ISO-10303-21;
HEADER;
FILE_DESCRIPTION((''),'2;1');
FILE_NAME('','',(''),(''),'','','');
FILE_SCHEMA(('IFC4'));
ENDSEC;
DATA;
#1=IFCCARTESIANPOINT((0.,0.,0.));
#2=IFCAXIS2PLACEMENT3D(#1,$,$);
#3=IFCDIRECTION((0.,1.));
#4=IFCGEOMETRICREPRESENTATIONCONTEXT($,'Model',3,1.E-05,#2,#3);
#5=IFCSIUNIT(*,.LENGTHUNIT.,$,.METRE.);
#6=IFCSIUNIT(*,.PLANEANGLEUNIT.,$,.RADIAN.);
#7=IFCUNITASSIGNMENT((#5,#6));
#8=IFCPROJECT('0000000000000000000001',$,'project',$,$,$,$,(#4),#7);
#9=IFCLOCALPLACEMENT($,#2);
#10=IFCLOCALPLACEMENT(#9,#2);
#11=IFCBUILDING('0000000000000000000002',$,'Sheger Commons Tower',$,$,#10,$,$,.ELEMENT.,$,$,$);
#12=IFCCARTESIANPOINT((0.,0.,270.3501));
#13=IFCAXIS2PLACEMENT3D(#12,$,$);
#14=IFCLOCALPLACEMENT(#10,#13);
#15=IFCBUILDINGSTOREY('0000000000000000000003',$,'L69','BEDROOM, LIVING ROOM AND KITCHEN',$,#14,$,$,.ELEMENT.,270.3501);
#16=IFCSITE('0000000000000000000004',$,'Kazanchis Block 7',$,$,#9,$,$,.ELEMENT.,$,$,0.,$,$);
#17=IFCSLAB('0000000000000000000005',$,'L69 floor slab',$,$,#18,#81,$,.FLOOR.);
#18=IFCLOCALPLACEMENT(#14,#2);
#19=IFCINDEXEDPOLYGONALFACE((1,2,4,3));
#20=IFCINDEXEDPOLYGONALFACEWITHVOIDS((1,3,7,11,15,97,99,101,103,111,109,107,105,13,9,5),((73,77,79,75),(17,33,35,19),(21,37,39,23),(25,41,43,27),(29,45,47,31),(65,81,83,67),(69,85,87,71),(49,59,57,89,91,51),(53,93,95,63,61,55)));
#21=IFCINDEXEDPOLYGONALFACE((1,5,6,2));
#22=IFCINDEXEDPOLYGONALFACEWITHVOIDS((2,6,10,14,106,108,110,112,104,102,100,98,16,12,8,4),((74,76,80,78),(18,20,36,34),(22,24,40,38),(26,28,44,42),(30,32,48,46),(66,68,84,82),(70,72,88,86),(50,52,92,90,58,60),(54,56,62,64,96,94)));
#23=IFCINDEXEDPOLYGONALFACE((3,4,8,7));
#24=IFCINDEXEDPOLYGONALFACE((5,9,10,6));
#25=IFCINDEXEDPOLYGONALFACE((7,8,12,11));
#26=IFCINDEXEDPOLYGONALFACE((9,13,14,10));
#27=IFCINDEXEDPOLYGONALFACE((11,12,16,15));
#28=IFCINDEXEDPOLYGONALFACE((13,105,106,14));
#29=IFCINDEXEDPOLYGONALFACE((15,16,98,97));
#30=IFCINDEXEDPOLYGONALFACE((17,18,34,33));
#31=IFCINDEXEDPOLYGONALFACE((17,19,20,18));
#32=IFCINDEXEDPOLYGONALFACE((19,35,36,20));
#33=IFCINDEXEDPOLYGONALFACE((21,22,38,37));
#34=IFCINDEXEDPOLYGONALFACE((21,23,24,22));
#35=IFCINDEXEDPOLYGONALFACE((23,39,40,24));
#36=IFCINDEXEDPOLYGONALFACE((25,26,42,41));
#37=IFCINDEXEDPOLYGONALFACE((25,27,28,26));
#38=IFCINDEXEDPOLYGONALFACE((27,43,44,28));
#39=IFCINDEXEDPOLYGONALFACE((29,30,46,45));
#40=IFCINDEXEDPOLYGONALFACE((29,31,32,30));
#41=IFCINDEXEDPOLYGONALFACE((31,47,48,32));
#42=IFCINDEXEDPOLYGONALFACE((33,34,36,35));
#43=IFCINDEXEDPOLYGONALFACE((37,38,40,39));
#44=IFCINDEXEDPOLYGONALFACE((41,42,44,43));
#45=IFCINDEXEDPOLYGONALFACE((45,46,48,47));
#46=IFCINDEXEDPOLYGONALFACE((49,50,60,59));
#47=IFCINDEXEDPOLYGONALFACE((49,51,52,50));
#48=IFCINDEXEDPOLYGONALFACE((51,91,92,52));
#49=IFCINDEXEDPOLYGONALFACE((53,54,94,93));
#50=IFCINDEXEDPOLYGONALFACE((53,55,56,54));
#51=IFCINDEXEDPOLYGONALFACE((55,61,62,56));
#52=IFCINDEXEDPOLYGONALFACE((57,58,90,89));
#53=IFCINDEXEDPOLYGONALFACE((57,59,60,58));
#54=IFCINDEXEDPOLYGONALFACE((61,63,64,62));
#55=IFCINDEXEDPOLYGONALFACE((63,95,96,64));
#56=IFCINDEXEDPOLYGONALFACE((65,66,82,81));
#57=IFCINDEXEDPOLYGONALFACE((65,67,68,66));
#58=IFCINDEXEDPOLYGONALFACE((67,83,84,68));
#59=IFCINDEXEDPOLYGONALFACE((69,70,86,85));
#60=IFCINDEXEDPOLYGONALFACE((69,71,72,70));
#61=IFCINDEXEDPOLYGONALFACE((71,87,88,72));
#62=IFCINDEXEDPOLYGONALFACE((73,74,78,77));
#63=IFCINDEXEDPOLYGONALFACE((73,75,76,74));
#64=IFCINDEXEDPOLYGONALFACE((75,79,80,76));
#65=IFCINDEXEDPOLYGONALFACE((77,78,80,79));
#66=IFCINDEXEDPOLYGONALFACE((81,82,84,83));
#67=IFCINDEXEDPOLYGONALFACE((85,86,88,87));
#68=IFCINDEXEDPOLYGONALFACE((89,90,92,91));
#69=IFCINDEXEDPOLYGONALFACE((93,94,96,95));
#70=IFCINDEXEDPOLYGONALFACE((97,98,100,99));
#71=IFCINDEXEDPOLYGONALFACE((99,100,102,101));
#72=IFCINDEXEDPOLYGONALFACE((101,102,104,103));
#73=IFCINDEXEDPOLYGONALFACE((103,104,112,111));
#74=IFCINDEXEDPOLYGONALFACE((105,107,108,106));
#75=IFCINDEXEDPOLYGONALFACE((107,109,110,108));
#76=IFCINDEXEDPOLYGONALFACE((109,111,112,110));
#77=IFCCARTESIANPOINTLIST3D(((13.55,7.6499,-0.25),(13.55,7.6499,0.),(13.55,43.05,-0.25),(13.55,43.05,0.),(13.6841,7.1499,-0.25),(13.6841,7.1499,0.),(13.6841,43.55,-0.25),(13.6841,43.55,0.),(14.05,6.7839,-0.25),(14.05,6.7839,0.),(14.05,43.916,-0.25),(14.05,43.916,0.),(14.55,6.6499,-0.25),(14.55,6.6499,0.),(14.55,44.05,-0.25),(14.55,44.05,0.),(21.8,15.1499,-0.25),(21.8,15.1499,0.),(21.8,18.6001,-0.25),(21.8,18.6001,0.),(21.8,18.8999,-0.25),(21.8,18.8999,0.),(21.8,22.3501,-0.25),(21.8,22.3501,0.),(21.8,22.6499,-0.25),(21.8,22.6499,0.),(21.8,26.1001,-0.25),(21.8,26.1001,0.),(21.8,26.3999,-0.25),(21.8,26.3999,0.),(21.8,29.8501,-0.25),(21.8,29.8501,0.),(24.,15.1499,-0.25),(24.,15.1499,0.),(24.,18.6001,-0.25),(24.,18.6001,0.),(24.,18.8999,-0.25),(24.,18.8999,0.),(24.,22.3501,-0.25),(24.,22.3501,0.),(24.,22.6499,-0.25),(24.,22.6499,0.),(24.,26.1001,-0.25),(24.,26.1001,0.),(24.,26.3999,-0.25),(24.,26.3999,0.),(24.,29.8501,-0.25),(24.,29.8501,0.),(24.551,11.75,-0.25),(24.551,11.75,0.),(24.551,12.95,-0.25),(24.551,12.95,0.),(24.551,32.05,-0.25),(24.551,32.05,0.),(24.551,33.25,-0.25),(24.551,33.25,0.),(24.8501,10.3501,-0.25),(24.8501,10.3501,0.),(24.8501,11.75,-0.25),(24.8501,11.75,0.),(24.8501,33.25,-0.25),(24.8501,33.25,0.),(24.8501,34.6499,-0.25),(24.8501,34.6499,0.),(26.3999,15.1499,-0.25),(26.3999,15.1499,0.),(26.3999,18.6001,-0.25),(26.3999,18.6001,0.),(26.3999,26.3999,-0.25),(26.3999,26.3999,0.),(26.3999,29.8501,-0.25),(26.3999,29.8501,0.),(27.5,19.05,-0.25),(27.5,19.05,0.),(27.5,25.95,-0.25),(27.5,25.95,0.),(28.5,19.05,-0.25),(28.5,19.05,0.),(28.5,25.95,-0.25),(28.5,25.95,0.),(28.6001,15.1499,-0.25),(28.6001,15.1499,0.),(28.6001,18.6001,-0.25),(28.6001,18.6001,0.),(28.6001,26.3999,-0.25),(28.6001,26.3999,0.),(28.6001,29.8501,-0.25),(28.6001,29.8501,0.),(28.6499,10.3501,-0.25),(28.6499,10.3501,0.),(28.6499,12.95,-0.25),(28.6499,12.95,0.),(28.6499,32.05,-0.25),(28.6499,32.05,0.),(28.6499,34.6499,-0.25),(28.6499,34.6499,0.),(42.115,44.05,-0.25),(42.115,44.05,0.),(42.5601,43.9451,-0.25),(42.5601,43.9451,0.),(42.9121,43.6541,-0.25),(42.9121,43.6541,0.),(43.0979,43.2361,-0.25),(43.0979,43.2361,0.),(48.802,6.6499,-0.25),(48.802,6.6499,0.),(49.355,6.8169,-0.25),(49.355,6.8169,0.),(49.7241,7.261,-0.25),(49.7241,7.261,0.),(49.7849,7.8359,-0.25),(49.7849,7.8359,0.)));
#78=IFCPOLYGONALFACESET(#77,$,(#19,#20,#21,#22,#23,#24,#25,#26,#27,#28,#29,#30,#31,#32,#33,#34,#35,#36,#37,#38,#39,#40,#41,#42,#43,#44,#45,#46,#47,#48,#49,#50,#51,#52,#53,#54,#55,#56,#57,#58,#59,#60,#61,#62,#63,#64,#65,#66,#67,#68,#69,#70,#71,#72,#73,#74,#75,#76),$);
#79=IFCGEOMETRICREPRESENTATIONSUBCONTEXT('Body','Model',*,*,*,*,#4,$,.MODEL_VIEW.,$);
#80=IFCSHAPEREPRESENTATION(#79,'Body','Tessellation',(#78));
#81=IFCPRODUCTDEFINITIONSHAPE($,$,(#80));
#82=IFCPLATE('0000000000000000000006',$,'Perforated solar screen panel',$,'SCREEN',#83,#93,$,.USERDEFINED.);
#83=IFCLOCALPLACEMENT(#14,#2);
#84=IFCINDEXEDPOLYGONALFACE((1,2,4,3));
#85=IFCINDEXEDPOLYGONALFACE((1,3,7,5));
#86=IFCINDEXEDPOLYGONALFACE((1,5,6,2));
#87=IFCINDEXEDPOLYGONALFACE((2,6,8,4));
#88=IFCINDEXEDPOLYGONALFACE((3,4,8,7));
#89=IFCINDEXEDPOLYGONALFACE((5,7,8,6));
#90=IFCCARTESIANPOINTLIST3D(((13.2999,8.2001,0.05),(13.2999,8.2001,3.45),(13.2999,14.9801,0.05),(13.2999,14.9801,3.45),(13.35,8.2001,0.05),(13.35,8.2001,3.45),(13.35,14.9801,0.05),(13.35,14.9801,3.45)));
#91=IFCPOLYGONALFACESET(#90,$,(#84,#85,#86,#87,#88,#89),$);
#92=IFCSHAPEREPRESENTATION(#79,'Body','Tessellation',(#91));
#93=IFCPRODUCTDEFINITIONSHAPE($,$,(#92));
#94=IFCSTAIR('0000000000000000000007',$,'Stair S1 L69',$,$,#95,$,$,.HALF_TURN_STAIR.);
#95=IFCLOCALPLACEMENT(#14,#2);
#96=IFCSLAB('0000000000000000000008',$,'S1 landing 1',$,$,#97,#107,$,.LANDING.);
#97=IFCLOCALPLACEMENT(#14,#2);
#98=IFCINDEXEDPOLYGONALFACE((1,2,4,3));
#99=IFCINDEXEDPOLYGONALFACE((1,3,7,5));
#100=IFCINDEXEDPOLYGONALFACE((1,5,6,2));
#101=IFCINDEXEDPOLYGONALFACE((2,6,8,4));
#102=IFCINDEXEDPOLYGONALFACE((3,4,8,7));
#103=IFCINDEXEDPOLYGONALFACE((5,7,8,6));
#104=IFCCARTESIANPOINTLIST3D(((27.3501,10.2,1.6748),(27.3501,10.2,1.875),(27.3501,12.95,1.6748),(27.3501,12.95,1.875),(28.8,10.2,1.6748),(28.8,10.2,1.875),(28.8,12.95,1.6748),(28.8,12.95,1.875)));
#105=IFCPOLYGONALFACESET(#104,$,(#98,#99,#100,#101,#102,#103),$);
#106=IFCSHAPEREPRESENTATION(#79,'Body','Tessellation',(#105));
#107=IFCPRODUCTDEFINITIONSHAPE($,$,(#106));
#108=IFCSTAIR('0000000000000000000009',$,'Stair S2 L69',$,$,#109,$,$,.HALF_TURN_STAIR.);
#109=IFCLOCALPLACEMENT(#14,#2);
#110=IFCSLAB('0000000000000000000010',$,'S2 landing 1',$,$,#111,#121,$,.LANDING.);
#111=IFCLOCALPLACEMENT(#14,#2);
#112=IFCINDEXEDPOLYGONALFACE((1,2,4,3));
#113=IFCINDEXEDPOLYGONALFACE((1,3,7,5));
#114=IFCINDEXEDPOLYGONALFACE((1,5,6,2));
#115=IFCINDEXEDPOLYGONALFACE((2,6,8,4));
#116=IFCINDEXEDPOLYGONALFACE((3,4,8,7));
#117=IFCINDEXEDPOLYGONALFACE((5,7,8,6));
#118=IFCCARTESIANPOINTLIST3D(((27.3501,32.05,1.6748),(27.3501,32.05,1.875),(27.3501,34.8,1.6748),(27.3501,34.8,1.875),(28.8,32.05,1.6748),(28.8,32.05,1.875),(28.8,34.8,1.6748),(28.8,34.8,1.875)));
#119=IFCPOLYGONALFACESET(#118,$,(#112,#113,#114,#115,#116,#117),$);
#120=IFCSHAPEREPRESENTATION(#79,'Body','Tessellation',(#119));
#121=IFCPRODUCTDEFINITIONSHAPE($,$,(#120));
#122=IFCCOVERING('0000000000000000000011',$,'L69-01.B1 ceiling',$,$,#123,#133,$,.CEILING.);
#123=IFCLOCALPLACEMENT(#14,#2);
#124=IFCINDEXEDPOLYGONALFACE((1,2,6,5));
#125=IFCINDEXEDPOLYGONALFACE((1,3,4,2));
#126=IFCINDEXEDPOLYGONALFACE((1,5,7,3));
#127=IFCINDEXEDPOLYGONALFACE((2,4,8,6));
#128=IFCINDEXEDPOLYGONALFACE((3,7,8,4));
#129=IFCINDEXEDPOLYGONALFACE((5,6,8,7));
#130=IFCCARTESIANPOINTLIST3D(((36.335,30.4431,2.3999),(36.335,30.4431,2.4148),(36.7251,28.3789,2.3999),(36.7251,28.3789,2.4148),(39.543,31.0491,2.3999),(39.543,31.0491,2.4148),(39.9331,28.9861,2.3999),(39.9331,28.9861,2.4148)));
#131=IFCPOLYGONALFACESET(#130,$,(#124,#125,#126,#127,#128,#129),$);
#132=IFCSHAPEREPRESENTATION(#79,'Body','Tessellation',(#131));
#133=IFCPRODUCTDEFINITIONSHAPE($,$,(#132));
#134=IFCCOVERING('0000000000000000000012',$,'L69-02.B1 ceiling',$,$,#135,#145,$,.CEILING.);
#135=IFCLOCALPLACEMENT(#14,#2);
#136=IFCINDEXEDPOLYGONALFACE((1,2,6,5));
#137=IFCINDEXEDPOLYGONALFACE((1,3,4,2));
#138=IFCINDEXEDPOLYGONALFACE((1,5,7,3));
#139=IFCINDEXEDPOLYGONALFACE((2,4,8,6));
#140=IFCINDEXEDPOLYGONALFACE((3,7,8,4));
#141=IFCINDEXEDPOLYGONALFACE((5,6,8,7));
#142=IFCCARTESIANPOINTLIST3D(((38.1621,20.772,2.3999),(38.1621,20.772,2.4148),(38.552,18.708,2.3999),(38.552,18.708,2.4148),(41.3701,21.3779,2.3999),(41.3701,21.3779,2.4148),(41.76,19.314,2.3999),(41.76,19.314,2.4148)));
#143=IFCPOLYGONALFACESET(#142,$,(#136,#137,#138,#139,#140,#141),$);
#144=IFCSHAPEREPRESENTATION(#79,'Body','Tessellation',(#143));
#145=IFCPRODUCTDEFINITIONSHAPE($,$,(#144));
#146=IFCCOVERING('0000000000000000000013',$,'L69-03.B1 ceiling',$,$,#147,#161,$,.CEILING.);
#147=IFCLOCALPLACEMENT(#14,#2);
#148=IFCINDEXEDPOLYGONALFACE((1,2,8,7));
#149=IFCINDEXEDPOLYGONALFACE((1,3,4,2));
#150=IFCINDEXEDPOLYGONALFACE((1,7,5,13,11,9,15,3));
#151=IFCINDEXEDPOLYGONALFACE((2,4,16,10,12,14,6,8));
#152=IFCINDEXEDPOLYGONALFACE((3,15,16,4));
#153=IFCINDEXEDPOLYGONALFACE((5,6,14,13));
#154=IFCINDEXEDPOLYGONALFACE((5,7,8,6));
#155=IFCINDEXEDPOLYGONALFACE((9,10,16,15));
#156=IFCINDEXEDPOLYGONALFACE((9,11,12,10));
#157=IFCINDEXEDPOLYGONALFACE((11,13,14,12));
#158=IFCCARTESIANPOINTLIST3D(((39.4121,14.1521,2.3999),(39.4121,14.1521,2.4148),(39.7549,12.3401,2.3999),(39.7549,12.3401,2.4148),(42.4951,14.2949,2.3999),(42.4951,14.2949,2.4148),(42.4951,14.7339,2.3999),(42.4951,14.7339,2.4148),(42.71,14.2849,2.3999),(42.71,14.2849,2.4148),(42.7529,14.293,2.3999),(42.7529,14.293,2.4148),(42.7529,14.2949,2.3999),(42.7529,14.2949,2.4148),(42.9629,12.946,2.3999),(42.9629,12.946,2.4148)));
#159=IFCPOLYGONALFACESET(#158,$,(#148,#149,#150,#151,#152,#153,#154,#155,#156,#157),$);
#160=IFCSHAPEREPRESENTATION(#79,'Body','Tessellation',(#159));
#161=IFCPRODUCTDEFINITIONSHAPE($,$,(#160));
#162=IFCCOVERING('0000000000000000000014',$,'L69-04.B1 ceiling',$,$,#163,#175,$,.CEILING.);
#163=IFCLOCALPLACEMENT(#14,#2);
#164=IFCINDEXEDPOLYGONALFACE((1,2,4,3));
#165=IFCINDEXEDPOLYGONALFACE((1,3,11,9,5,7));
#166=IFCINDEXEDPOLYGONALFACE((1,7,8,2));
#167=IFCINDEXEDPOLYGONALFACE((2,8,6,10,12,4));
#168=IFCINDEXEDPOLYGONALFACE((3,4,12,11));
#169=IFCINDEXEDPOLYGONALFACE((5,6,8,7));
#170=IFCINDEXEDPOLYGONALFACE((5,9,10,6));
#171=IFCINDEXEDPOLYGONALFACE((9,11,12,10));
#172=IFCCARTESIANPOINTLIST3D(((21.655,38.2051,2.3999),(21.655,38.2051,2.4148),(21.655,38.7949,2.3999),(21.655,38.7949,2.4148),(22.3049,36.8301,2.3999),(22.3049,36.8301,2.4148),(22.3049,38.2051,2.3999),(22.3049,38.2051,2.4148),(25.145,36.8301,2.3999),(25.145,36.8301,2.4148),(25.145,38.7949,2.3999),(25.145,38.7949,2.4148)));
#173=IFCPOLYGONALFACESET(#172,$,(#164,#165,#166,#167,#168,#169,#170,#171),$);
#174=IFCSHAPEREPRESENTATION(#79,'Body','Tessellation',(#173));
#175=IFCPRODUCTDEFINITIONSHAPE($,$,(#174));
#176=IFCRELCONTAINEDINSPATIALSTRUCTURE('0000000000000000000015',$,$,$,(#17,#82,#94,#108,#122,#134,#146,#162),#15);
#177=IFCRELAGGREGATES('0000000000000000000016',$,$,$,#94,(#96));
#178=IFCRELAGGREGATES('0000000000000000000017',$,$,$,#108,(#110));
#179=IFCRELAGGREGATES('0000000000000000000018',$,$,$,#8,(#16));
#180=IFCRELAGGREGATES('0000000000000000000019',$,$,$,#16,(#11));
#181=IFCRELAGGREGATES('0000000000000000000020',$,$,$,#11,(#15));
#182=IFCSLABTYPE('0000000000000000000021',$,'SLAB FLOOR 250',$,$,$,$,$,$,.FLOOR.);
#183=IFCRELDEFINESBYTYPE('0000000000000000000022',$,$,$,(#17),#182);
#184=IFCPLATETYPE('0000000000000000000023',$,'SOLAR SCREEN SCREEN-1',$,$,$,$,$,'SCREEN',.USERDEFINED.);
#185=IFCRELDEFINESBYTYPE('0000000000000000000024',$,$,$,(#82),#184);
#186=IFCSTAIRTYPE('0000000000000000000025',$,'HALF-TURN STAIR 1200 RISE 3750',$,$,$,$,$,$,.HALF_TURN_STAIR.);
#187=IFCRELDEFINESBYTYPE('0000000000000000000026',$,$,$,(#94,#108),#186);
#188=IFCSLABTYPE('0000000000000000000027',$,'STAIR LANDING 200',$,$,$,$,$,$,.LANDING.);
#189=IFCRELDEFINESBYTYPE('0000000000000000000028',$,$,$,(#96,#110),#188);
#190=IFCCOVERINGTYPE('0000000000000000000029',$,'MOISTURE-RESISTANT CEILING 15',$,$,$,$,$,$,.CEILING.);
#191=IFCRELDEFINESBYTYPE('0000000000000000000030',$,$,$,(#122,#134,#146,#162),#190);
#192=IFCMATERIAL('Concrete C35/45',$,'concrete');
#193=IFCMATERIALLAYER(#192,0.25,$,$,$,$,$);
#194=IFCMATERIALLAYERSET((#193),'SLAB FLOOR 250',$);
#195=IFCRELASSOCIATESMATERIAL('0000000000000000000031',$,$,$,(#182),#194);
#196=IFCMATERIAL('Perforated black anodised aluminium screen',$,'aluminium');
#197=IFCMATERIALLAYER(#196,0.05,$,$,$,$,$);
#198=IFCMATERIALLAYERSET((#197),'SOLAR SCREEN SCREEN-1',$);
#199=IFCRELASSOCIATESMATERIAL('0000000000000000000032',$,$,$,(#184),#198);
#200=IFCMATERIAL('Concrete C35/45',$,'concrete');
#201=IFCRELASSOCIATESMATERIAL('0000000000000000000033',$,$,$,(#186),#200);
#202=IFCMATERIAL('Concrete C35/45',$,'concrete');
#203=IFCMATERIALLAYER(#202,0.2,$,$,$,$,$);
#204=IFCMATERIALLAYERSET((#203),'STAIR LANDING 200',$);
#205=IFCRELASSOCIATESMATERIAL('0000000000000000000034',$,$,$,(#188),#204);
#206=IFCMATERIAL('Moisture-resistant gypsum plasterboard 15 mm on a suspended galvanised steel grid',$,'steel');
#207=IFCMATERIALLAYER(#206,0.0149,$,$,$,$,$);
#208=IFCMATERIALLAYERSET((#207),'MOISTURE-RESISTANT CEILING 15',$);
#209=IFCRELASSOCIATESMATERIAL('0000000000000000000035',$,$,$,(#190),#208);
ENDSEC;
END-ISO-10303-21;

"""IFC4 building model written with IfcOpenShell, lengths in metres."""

from ifc_helpers import new_model, si_unit, direction, frame, origin, origin_2d, place, context, subcontext, project, spatial, polyline, rectangle, outline, extrude, material, layer, layer_set, type_object, element, aggregate, save


model = new_model("IFC4")

# Units and contexts
model_context = context("Model", 3, precision=1e-05, world=origin(), true_north=direction((0.0, 1.0)))
body_context = subcontext(model_context, "Body", "Model", "MODEL_VIEW")
ifc_project = project(units=[si_unit("LENGTHUNIT", "METRE"), si_unit("PLANEANGLEUNIT", "RADIAN")], contexts=[model_context])

# Site, building, storey
site_placement = place(None, origin())
site = spatial("IfcSite", under=ifc_project, at=site_placement, Name="Kazanchis Block 7", CompositionType="ELEMENT", RefElevation=0.0)
building_placement = place(site_placement, origin())
building = spatial("IfcBuilding", under=site, at=building_placement, Name="Sheger Commons Tower", CompositionType="ELEMENT")
storey_placement = place(building_placement, frame((0.0, 0.0, 270.3501)))
storey = spatial("IfcBuildingStorey", under=building, at=storey_placement, Name="L69", Description="BEDROOM, LIVING ROOM AND KITCHEN", CompositionType="ELEMENT", Elevation=270.3501)

# Slab
ifc_material_1 = material(Name="Concrete C35/45", Category="concrete")
ifc_layer_1 = layer(ifc_material_1, 0.25)
ifc_layer_set_1 = layer_set([ifc_layer_1], Name="SLAB FLOOR 250")
slab_type_1 = type_object("IfcSlabType", Name="SLAB FLOOR 250", PredefinedType="FLOOR", material=ifc_layer_set_1)
slab_1_placement = place(storey_placement, frame((0.0, 0.0, -0.25)))
element("IfcSlab", 1, at=slab_1_placement, inside=storey, type_object=slab_type_1, Name="L69 floor slab", PredefinedType="FLOOR", context=body_context, shape_type="SweptSolid", body=[
    extrude(outline(polyline([(13.55, 7.6499), (13.6841, 7.1499), (14.05, 6.7839), (14.55, 6.6499), (48.802, 6.6499), (49.355, 6.8169), (49.7241, 7.261), (49.7849, 7.8359), (43.0979, 43.2361), (42.9121, 43.6541), (42.5601, 43.9451), (42.115, 44.05), (14.55, 44.05), (14.05, 43.916), (13.6841, 43.55), (13.55, 43.05), (13.55, 7.6499)]), holes=[polyline([(24.8501, 10.3501), (28.6499, 10.3501), (28.6499, 12.95), (24.551, 12.95), (24.551, 11.75), (24.8501, 11.75), (24.8501, 10.3501)]), polyline([(24.551, 32.05), (28.6499, 32.05), (28.6499, 34.6499), (24.8501, 34.6499), (24.8501, 33.25), (24.551, 33.25), (24.551, 32.05)]), polyline([(26.3999, 15.1499), (28.6001, 15.1499), (28.6001, 18.6001), (26.3999, 18.6001), (26.3999, 15.1499)]), polyline([(26.3999, 26.3999), (28.6001, 26.3999), (28.6001, 29.8501), (26.3999, 29.8501), (26.3999, 26.3999)]), polyline([(21.8, 15.1499), (24.0, 15.1499), (24.0, 18.6001), (21.8, 18.6001), (21.8, 15.1499)]), polyline([(21.8, 18.8999), (24.0, 18.8999), (24.0, 22.3501), (21.8, 22.3501), (21.8, 18.8999)]), polyline([(21.8, 22.6499), (24.0, 22.6499), (24.0, 26.1001), (21.8, 26.1001), (21.8, 22.6499)]), polyline([(21.8, 26.3999), (24.0, 26.3999), (24.0, 29.8501), (21.8, 29.8501), (21.8, 26.3999)]), polyline([(27.5, 19.05), (28.5, 19.05), (28.5, 25.95), (27.5, 25.95), (27.5, 19.05)])]), origin(), (0.0, 0.0, 1.0), 0.25),
])

# Plate
ifc_material_2 = material(Name="Perforated black anodised aluminium screen", Category="aluminium")
ifc_layer_2 = layer(ifc_material_2, 0.05)
ifc_layer_set_2 = layer_set([ifc_layer_2], Name="SOLAR SCREEN SCREEN-1")
plate_type = type_object("IfcPlateType", Name="SOLAR SCREEN SCREEN-1", ElementType="SCREEN", PredefinedType="USERDEFINED", material=ifc_layer_set_2)
plate_placement = place(storey_placement, frame((13.325, 11.5901, 0.05), z_axis=(0.0, 0.0, 1.0), x_axis=(0.0, -1.0, 0.0)))
element("IfcPlate", 2, at=plate_placement, inside=storey, type_object=plate_type, Name="Perforated solar screen panel", ObjectType="SCREEN", PredefinedType="USERDEFINED", context=body_context, shape_type="SweptSolid", body=[
    extrude(rectangle(XDim=6.78, YDim=0.05, at=origin_2d()), origin(), (0.0, 0.0, 1.0), 3.3999),
])

# Stairs, slabs
ifc_material_3 = material(Name="Concrete C35/45", Category="concrete")
stair_type = type_object("IfcStairType", Name="HALF-TURN STAIR 1200 RISE 3750", PredefinedType="HALF_TURN_STAIR", material=ifc_material_3)
stair_1_placement = place(storey_placement, origin())
stair_1 = element("IfcStair", 3, at=stair_1_placement, inside=storey, type_object=stair_type, Name="Stair S1 L69", PredefinedType="HALF_TURN_STAIR")
ifc_material_4 = material(Name="Concrete C35/45", Category="concrete")
ifc_layer_3 = layer(ifc_material_4, 0.2)
ifc_layer_set_3 = layer_set([ifc_layer_3], Name="STAIR LANDING 200")
slab_type_2 = type_object("IfcSlabType", Name="STAIR LANDING 200", PredefinedType="LANDING", material=ifc_layer_set_3)
slab_2_placement = place(storey_placement, frame((0.0, 0.0, 1.6748)))
slab_2 = element("IfcSlab", 4, at=slab_2_placement, type_object=slab_type_2, Name="S1 landing 1", PredefinedType="LANDING", context=body_context, shape_type="SweptSolid", body=[
    extrude(outline(polyline([(27.3501, 10.2), (28.8, 10.2), (28.8, 12.95), (27.3501, 12.95), (27.3501, 10.2)])), origin(), (0.0, 0.0, 1.0), 0.2002),
])
aggregate(stair_1, [slab_2])
stair_2_placement = place(storey_placement, origin())
stair_2 = element("IfcStair", 5, at=stair_2_placement, inside=storey, type_object=stair_type, Name="Stair S2 L69", PredefinedType="HALF_TURN_STAIR")
slab_3_placement = place(storey_placement, frame((0.0, 0.0, 1.6748)))
slab_3 = element("IfcSlab", 6, at=slab_3_placement, type_object=slab_type_2, Name="S2 landing 1", PredefinedType="LANDING", context=body_context, shape_type="SweptSolid", body=[
    extrude(outline(polyline([(27.3501, 32.05), (28.8, 32.05), (28.8, 34.8), (27.3501, 34.8), (27.3501, 32.05)])), origin(), (0.0, 0.0, 1.0), 0.2002),
])
aggregate(stair_2, [slab_3])

# Coverings
ifc_material_5 = material(Name="Moisture-resistant gypsum plasterboard 15 mm on a suspended galvanised steel grid", Category="steel")
ifc_layer_4 = layer(ifc_material_5, 0.0149)
ifc_layer_set_4 = layer_set([ifc_layer_4], Name="MOISTURE-RESISTANT CEILING 15")
covering_type_1 = type_object("IfcCoveringType", Name="MOISTURE-RESISTANT CEILING 15", PredefinedType="CEILING", material=ifc_layer_set_4)
covering_1_placement = place(storey_placement, frame((0.0, 0.0, 2.3999)))
element("IfcCovering", 7, at=covering_1_placement, inside=storey, type_object=covering_type_1, Name="L69-01.B1 ceiling", PredefinedType="CEILING", context=body_context, shape_type="SweptSolid", body=[
    extrude(outline(polyline([(36.7251, 28.3789), (39.9331, 28.9861), (39.543, 31.0491), (36.335, 30.4431), (36.7251, 28.3789)])), origin(), (0.0, 0.0, 1.0), 0.0149),
])
covering_2_placement = place(storey_placement, frame((0.0, 0.0, 2.3999)))
element("IfcCovering", 8, at=covering_2_placement, inside=storey, type_object=covering_type_1, Name="L69-02.B1 ceiling", PredefinedType="CEILING", context=body_context, shape_type="SweptSolid", body=[
    extrude(outline(polyline([(38.552, 18.708), (41.76, 19.314), (41.3701, 21.3779), (38.1621, 20.772), (38.552, 18.708)])), origin(), (0.0, 0.0, 1.0), 0.0149),
])
covering_3_placement = place(storey_placement, frame((0.0, 0.0, 2.3999)))
element("IfcCovering", 9, at=covering_3_placement, inside=storey, type_object=covering_type_1, Name="L69-03.B1 ceiling", PredefinedType="CEILING", context=body_context, shape_type="SweptSolid", body=[
    extrude(outline(polyline([(39.7549, 12.3401), (42.9629, 12.946), (42.71, 14.2849), (42.7529, 14.293), (42.7529, 14.2949), (42.4951, 14.2949), (42.4951, 14.7339), (39.4121, 14.1521), (39.7549, 12.3401)])), origin(), (0.0, 0.0, 1.0), 0.0149),
])
covering_4_placement = place(storey_placement, frame((0.0, 0.0, 2.3999)))
element("IfcCovering", 10, at=covering_4_placement, inside=storey, type_object=covering_type_1, Name="L69-04.B1 ceiling", PredefinedType="CEILING", context=body_context, shape_type="SweptSolid", body=[
    extrude(outline(polyline([(22.3049, 36.8301), (25.145, 36.8301), (25.145, 38.7949), (21.655, 38.7949), (21.655, 38.2051), (22.3049, 38.2051), (22.3049, 36.8301)])), origin(), (0.0, 0.0, 1.0), 0.0149),
])

save(model, "model.ifc")
